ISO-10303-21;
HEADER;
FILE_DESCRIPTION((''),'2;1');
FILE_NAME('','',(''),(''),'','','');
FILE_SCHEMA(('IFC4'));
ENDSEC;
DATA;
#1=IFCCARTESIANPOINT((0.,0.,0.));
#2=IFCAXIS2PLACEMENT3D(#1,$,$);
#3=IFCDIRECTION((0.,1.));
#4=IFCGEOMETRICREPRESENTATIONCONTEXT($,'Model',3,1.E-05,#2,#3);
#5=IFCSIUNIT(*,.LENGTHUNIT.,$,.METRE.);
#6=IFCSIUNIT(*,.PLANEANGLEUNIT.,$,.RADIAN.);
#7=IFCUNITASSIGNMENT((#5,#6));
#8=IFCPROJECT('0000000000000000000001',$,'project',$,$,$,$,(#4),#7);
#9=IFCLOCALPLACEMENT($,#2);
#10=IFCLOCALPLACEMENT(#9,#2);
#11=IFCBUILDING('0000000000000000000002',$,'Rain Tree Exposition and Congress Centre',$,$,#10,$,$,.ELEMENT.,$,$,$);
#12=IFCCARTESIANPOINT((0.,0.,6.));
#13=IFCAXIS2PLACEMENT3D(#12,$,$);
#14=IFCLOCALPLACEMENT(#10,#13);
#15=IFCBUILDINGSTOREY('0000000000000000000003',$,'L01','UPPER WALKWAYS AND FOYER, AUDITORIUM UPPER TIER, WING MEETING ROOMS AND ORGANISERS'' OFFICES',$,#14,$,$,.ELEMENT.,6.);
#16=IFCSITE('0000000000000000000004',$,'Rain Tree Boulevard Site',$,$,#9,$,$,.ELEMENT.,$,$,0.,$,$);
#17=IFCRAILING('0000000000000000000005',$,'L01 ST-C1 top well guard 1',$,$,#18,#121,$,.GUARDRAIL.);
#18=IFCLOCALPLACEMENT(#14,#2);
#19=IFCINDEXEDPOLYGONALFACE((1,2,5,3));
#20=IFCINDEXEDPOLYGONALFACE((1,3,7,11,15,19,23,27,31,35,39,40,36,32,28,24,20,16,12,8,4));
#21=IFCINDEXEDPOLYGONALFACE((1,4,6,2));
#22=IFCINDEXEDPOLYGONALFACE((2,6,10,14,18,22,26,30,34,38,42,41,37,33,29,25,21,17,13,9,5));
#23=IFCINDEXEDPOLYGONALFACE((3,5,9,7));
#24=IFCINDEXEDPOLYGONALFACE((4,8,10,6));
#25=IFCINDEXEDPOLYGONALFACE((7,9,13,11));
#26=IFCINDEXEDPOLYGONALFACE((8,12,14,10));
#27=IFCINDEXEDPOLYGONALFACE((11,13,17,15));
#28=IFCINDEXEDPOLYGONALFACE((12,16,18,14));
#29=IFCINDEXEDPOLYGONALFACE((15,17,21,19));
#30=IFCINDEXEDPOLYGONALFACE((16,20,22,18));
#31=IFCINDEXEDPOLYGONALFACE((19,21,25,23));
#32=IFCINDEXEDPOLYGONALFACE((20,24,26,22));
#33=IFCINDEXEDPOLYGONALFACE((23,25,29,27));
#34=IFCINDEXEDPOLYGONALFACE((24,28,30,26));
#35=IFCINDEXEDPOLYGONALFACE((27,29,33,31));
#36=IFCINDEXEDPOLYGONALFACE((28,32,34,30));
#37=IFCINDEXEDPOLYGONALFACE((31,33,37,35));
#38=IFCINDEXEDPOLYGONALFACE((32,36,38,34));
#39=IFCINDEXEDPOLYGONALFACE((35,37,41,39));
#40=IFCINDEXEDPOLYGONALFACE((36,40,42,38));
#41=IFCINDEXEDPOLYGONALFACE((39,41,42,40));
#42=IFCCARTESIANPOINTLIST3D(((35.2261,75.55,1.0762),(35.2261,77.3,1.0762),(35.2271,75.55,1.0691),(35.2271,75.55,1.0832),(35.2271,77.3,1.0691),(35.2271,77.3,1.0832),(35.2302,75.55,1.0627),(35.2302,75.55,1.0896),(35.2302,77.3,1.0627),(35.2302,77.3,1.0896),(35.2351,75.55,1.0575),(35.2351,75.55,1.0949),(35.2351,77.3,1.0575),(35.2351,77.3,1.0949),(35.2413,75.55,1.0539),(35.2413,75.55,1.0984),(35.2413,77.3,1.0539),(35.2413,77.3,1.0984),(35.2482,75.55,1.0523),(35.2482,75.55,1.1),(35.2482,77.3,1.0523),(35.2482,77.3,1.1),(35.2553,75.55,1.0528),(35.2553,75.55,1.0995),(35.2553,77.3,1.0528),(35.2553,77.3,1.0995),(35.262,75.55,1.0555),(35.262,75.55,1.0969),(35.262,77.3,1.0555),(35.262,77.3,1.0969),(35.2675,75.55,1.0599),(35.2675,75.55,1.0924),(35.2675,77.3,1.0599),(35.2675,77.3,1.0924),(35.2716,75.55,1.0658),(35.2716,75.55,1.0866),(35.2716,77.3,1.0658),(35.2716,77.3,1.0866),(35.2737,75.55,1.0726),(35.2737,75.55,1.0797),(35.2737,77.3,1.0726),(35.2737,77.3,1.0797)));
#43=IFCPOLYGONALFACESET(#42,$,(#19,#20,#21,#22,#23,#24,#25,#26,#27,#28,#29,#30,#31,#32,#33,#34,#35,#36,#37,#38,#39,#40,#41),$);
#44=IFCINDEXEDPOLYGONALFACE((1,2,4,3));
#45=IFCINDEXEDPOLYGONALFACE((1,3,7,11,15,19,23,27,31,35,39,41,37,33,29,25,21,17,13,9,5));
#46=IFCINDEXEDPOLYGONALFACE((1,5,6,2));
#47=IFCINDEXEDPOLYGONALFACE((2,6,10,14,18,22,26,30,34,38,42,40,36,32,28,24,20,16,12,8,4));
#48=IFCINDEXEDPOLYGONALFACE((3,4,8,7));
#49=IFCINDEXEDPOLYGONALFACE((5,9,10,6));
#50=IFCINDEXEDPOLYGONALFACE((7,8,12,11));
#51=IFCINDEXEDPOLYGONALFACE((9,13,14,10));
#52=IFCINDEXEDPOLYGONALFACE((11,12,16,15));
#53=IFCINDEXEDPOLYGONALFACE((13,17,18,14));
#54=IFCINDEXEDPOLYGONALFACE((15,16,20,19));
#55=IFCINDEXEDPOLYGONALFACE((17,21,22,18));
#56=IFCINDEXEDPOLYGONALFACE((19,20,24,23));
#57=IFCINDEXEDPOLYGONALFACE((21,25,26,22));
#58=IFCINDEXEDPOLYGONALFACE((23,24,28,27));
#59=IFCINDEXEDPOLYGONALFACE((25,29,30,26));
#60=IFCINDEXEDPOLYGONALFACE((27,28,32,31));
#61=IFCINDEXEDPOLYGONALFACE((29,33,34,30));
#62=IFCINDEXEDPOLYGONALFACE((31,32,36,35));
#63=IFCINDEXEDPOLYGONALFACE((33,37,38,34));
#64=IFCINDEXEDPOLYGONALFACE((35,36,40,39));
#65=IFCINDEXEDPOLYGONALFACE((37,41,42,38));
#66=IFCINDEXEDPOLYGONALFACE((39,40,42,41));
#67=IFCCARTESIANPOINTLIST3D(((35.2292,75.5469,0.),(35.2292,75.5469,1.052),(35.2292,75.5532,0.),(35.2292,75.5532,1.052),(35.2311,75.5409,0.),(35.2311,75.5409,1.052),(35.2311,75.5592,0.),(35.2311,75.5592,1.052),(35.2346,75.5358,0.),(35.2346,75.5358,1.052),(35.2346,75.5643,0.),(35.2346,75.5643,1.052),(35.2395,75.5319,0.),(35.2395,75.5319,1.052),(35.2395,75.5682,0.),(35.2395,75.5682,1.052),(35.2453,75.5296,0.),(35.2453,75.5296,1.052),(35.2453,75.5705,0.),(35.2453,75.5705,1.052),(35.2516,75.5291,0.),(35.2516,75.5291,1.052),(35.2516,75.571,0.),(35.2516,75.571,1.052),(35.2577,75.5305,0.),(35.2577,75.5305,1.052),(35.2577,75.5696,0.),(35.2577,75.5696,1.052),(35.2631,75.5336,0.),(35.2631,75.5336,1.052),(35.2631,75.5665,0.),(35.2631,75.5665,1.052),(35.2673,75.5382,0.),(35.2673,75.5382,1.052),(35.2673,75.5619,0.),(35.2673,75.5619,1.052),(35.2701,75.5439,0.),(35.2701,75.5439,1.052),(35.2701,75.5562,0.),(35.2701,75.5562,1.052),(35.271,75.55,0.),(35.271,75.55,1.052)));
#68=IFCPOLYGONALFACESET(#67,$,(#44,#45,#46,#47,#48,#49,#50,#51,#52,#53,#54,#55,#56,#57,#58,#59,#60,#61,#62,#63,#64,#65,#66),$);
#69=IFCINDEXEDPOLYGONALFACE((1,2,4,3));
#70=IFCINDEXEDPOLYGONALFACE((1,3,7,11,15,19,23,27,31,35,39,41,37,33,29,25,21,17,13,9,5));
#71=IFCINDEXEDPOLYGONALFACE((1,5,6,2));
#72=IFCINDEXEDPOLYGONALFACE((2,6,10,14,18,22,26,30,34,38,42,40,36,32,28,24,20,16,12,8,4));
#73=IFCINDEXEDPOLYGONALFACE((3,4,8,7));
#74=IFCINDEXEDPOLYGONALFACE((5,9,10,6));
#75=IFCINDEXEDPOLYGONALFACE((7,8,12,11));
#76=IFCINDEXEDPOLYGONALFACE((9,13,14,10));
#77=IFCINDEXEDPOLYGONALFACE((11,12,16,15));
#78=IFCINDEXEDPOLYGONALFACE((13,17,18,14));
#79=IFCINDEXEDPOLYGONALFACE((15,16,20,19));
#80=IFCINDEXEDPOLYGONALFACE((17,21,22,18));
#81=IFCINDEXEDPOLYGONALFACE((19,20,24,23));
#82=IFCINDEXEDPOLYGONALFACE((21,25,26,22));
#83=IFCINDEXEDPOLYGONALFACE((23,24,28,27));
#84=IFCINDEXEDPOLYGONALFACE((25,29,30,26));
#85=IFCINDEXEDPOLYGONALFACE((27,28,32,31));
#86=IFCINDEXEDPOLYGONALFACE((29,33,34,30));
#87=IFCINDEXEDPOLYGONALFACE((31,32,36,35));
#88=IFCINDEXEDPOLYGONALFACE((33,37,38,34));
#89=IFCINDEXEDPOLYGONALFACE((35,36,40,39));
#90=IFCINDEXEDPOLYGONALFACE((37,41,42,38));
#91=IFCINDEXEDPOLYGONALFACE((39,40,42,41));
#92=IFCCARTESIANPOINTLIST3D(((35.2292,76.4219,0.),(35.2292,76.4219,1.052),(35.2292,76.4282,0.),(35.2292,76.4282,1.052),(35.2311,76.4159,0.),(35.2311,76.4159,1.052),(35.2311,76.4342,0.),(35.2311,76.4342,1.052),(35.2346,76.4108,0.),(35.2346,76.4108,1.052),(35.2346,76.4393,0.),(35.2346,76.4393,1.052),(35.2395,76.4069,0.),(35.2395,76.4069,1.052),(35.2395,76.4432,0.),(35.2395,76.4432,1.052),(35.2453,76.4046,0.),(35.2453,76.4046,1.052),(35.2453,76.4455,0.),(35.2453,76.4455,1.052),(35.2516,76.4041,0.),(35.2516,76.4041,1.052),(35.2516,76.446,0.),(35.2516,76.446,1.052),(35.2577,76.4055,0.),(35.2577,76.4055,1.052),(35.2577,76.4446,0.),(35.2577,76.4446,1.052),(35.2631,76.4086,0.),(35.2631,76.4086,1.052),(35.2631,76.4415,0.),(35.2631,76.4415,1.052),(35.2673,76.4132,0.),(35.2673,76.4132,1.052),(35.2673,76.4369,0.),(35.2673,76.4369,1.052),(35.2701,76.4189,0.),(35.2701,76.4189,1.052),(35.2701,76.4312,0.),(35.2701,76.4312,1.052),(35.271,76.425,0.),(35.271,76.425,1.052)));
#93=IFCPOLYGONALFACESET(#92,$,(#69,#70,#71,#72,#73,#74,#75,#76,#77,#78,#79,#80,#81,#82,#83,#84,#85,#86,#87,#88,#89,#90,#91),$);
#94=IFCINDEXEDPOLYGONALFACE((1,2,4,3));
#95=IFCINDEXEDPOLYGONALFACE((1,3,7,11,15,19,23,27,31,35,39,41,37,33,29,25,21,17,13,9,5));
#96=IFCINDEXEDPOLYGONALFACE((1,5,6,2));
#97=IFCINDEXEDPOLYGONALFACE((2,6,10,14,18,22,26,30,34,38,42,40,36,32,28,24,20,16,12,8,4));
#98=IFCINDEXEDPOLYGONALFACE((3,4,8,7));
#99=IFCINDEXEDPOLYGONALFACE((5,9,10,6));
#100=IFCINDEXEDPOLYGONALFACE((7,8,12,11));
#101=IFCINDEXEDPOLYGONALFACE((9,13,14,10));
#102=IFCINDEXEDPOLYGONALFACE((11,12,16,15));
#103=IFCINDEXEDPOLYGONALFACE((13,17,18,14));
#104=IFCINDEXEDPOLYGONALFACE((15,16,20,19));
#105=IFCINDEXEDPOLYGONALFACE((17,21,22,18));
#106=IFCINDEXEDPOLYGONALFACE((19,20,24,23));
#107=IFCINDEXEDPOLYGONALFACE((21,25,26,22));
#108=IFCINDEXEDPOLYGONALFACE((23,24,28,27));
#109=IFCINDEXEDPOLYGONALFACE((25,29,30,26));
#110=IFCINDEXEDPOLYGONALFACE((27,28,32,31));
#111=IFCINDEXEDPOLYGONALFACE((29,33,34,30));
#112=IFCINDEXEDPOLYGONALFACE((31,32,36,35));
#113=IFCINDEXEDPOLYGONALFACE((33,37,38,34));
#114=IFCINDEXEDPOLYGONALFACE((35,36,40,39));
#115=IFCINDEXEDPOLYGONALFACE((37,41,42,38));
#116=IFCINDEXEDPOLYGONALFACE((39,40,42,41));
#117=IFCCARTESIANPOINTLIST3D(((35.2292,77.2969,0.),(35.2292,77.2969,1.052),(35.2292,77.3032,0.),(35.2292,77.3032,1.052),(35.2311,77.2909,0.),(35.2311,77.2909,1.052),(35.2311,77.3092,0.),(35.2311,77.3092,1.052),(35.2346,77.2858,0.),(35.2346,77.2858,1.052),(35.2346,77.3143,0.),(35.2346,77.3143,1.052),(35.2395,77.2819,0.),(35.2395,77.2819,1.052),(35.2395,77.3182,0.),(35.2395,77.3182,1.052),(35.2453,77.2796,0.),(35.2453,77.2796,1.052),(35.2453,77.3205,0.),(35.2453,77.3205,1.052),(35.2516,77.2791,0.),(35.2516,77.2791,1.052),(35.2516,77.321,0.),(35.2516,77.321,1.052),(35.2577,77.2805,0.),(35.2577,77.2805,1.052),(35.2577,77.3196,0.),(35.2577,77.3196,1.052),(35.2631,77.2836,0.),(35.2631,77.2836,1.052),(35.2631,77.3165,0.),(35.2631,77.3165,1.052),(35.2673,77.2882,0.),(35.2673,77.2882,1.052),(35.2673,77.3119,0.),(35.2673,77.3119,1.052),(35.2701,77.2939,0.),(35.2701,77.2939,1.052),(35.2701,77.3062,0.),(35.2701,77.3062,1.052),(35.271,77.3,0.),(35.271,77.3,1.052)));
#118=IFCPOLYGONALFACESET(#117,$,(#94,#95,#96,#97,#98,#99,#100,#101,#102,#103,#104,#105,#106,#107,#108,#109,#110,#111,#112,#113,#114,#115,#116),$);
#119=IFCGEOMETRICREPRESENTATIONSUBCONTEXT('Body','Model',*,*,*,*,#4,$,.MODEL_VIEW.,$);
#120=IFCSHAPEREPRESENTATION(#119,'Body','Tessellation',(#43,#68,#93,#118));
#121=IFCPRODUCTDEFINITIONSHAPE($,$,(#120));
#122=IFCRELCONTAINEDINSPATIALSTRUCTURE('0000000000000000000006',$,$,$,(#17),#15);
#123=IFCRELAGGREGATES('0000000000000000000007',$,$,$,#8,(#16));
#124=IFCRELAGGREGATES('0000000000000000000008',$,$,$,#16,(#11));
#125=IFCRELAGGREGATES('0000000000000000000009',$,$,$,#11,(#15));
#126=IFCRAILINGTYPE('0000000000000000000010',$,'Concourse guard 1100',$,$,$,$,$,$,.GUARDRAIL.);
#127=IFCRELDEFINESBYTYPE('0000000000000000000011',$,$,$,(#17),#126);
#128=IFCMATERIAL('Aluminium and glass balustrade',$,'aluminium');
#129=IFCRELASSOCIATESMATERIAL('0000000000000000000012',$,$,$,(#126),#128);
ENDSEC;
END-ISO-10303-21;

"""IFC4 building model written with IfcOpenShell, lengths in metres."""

from ifc_helpers import new_model, si_unit, direction, frame, origin, origin_2d, place, context, subcontext, project, spatial, circle, extrude, material, type_object, element, save


model = new_model("IFC4")

# Units and contexts
model_context = context("Model", 3, precision=1e-05, world=origin(), true_north=direction((0.0, 1.0)))
body_context = subcontext(model_context, "Body", "Model", "MODEL_VIEW")
ifc_project = project(units=[si_unit("LENGTHUNIT", "METRE"), si_unit("PLANEANGLEUNIT", "RADIAN")], contexts=[model_context])

# Site, building, storey
site_placement = place(None, origin())
site = spatial("IfcSite", under=ifc_project, at=site_placement, Name="Rain Tree Boulevard Site", CompositionType="ELEMENT", RefElevation=0.0)
building_placement = place(site_placement, origin())
building = spatial("IfcBuilding", under=site, at=building_placement, Name="Rain Tree Exposition and Congress Centre", CompositionType="ELEMENT")
storey_placement = place(building_placement, frame((0.0, 0.0, 6.0)))
storey = spatial("IfcBuildingStorey", under=building, at=storey_placement, Name="L01", Description="UPPER WALKWAYS AND FOYER, AUDITORIUM UPPER TIER, WING MEETING ROOMS AND ORGANISERS' OFFICES", CompositionType="ELEMENT", Elevation=6.0)

# Railing
ifc_material_1 = material(Name="Aluminium and glass balustrade", Category="aluminium")
railing_type = type_object("IfcRailingType", Name="Concourse guard 1100", PredefinedType="GUARDRAIL", material=ifc_material_1)
railing_placement = place(storey_placement, frame((35.25, 75.55, 0.0)))
element("IfcRailing", 1, at=railing_placement, inside=storey, type_object=railing_type, Name="L01 ST-C1 top well guard 1", PredefinedType="GUARDRAIL", context=body_context, shape_type="SweptSolid", body=[
    extrude(circle(Radius=0.0239, at=origin_2d()), frame((0.0, 0.0, 1.0762), z_axis=(0.0, 1.0, 0.0), x_axis=(-1.0, 0.0, 0.0)), (0.0, 0.0, 1.0), 1.75),
    extrude(circle(Radius=0.021, at=origin_2d()), origin(), (0.0, 0.0, 1.0), 1.052),
    extrude(circle(Radius=0.021, at=origin_2d()), frame((0.0, 0.875, 0.0)), (0.0, 0.0, 1.0), 1.052),
    extrude(circle(Radius=0.021, at=origin_2d()), frame((0.0, 1.75, 0.0)), (0.0, 0.0, 1.0), 1.052),
])

save(model, "model.ifc")
